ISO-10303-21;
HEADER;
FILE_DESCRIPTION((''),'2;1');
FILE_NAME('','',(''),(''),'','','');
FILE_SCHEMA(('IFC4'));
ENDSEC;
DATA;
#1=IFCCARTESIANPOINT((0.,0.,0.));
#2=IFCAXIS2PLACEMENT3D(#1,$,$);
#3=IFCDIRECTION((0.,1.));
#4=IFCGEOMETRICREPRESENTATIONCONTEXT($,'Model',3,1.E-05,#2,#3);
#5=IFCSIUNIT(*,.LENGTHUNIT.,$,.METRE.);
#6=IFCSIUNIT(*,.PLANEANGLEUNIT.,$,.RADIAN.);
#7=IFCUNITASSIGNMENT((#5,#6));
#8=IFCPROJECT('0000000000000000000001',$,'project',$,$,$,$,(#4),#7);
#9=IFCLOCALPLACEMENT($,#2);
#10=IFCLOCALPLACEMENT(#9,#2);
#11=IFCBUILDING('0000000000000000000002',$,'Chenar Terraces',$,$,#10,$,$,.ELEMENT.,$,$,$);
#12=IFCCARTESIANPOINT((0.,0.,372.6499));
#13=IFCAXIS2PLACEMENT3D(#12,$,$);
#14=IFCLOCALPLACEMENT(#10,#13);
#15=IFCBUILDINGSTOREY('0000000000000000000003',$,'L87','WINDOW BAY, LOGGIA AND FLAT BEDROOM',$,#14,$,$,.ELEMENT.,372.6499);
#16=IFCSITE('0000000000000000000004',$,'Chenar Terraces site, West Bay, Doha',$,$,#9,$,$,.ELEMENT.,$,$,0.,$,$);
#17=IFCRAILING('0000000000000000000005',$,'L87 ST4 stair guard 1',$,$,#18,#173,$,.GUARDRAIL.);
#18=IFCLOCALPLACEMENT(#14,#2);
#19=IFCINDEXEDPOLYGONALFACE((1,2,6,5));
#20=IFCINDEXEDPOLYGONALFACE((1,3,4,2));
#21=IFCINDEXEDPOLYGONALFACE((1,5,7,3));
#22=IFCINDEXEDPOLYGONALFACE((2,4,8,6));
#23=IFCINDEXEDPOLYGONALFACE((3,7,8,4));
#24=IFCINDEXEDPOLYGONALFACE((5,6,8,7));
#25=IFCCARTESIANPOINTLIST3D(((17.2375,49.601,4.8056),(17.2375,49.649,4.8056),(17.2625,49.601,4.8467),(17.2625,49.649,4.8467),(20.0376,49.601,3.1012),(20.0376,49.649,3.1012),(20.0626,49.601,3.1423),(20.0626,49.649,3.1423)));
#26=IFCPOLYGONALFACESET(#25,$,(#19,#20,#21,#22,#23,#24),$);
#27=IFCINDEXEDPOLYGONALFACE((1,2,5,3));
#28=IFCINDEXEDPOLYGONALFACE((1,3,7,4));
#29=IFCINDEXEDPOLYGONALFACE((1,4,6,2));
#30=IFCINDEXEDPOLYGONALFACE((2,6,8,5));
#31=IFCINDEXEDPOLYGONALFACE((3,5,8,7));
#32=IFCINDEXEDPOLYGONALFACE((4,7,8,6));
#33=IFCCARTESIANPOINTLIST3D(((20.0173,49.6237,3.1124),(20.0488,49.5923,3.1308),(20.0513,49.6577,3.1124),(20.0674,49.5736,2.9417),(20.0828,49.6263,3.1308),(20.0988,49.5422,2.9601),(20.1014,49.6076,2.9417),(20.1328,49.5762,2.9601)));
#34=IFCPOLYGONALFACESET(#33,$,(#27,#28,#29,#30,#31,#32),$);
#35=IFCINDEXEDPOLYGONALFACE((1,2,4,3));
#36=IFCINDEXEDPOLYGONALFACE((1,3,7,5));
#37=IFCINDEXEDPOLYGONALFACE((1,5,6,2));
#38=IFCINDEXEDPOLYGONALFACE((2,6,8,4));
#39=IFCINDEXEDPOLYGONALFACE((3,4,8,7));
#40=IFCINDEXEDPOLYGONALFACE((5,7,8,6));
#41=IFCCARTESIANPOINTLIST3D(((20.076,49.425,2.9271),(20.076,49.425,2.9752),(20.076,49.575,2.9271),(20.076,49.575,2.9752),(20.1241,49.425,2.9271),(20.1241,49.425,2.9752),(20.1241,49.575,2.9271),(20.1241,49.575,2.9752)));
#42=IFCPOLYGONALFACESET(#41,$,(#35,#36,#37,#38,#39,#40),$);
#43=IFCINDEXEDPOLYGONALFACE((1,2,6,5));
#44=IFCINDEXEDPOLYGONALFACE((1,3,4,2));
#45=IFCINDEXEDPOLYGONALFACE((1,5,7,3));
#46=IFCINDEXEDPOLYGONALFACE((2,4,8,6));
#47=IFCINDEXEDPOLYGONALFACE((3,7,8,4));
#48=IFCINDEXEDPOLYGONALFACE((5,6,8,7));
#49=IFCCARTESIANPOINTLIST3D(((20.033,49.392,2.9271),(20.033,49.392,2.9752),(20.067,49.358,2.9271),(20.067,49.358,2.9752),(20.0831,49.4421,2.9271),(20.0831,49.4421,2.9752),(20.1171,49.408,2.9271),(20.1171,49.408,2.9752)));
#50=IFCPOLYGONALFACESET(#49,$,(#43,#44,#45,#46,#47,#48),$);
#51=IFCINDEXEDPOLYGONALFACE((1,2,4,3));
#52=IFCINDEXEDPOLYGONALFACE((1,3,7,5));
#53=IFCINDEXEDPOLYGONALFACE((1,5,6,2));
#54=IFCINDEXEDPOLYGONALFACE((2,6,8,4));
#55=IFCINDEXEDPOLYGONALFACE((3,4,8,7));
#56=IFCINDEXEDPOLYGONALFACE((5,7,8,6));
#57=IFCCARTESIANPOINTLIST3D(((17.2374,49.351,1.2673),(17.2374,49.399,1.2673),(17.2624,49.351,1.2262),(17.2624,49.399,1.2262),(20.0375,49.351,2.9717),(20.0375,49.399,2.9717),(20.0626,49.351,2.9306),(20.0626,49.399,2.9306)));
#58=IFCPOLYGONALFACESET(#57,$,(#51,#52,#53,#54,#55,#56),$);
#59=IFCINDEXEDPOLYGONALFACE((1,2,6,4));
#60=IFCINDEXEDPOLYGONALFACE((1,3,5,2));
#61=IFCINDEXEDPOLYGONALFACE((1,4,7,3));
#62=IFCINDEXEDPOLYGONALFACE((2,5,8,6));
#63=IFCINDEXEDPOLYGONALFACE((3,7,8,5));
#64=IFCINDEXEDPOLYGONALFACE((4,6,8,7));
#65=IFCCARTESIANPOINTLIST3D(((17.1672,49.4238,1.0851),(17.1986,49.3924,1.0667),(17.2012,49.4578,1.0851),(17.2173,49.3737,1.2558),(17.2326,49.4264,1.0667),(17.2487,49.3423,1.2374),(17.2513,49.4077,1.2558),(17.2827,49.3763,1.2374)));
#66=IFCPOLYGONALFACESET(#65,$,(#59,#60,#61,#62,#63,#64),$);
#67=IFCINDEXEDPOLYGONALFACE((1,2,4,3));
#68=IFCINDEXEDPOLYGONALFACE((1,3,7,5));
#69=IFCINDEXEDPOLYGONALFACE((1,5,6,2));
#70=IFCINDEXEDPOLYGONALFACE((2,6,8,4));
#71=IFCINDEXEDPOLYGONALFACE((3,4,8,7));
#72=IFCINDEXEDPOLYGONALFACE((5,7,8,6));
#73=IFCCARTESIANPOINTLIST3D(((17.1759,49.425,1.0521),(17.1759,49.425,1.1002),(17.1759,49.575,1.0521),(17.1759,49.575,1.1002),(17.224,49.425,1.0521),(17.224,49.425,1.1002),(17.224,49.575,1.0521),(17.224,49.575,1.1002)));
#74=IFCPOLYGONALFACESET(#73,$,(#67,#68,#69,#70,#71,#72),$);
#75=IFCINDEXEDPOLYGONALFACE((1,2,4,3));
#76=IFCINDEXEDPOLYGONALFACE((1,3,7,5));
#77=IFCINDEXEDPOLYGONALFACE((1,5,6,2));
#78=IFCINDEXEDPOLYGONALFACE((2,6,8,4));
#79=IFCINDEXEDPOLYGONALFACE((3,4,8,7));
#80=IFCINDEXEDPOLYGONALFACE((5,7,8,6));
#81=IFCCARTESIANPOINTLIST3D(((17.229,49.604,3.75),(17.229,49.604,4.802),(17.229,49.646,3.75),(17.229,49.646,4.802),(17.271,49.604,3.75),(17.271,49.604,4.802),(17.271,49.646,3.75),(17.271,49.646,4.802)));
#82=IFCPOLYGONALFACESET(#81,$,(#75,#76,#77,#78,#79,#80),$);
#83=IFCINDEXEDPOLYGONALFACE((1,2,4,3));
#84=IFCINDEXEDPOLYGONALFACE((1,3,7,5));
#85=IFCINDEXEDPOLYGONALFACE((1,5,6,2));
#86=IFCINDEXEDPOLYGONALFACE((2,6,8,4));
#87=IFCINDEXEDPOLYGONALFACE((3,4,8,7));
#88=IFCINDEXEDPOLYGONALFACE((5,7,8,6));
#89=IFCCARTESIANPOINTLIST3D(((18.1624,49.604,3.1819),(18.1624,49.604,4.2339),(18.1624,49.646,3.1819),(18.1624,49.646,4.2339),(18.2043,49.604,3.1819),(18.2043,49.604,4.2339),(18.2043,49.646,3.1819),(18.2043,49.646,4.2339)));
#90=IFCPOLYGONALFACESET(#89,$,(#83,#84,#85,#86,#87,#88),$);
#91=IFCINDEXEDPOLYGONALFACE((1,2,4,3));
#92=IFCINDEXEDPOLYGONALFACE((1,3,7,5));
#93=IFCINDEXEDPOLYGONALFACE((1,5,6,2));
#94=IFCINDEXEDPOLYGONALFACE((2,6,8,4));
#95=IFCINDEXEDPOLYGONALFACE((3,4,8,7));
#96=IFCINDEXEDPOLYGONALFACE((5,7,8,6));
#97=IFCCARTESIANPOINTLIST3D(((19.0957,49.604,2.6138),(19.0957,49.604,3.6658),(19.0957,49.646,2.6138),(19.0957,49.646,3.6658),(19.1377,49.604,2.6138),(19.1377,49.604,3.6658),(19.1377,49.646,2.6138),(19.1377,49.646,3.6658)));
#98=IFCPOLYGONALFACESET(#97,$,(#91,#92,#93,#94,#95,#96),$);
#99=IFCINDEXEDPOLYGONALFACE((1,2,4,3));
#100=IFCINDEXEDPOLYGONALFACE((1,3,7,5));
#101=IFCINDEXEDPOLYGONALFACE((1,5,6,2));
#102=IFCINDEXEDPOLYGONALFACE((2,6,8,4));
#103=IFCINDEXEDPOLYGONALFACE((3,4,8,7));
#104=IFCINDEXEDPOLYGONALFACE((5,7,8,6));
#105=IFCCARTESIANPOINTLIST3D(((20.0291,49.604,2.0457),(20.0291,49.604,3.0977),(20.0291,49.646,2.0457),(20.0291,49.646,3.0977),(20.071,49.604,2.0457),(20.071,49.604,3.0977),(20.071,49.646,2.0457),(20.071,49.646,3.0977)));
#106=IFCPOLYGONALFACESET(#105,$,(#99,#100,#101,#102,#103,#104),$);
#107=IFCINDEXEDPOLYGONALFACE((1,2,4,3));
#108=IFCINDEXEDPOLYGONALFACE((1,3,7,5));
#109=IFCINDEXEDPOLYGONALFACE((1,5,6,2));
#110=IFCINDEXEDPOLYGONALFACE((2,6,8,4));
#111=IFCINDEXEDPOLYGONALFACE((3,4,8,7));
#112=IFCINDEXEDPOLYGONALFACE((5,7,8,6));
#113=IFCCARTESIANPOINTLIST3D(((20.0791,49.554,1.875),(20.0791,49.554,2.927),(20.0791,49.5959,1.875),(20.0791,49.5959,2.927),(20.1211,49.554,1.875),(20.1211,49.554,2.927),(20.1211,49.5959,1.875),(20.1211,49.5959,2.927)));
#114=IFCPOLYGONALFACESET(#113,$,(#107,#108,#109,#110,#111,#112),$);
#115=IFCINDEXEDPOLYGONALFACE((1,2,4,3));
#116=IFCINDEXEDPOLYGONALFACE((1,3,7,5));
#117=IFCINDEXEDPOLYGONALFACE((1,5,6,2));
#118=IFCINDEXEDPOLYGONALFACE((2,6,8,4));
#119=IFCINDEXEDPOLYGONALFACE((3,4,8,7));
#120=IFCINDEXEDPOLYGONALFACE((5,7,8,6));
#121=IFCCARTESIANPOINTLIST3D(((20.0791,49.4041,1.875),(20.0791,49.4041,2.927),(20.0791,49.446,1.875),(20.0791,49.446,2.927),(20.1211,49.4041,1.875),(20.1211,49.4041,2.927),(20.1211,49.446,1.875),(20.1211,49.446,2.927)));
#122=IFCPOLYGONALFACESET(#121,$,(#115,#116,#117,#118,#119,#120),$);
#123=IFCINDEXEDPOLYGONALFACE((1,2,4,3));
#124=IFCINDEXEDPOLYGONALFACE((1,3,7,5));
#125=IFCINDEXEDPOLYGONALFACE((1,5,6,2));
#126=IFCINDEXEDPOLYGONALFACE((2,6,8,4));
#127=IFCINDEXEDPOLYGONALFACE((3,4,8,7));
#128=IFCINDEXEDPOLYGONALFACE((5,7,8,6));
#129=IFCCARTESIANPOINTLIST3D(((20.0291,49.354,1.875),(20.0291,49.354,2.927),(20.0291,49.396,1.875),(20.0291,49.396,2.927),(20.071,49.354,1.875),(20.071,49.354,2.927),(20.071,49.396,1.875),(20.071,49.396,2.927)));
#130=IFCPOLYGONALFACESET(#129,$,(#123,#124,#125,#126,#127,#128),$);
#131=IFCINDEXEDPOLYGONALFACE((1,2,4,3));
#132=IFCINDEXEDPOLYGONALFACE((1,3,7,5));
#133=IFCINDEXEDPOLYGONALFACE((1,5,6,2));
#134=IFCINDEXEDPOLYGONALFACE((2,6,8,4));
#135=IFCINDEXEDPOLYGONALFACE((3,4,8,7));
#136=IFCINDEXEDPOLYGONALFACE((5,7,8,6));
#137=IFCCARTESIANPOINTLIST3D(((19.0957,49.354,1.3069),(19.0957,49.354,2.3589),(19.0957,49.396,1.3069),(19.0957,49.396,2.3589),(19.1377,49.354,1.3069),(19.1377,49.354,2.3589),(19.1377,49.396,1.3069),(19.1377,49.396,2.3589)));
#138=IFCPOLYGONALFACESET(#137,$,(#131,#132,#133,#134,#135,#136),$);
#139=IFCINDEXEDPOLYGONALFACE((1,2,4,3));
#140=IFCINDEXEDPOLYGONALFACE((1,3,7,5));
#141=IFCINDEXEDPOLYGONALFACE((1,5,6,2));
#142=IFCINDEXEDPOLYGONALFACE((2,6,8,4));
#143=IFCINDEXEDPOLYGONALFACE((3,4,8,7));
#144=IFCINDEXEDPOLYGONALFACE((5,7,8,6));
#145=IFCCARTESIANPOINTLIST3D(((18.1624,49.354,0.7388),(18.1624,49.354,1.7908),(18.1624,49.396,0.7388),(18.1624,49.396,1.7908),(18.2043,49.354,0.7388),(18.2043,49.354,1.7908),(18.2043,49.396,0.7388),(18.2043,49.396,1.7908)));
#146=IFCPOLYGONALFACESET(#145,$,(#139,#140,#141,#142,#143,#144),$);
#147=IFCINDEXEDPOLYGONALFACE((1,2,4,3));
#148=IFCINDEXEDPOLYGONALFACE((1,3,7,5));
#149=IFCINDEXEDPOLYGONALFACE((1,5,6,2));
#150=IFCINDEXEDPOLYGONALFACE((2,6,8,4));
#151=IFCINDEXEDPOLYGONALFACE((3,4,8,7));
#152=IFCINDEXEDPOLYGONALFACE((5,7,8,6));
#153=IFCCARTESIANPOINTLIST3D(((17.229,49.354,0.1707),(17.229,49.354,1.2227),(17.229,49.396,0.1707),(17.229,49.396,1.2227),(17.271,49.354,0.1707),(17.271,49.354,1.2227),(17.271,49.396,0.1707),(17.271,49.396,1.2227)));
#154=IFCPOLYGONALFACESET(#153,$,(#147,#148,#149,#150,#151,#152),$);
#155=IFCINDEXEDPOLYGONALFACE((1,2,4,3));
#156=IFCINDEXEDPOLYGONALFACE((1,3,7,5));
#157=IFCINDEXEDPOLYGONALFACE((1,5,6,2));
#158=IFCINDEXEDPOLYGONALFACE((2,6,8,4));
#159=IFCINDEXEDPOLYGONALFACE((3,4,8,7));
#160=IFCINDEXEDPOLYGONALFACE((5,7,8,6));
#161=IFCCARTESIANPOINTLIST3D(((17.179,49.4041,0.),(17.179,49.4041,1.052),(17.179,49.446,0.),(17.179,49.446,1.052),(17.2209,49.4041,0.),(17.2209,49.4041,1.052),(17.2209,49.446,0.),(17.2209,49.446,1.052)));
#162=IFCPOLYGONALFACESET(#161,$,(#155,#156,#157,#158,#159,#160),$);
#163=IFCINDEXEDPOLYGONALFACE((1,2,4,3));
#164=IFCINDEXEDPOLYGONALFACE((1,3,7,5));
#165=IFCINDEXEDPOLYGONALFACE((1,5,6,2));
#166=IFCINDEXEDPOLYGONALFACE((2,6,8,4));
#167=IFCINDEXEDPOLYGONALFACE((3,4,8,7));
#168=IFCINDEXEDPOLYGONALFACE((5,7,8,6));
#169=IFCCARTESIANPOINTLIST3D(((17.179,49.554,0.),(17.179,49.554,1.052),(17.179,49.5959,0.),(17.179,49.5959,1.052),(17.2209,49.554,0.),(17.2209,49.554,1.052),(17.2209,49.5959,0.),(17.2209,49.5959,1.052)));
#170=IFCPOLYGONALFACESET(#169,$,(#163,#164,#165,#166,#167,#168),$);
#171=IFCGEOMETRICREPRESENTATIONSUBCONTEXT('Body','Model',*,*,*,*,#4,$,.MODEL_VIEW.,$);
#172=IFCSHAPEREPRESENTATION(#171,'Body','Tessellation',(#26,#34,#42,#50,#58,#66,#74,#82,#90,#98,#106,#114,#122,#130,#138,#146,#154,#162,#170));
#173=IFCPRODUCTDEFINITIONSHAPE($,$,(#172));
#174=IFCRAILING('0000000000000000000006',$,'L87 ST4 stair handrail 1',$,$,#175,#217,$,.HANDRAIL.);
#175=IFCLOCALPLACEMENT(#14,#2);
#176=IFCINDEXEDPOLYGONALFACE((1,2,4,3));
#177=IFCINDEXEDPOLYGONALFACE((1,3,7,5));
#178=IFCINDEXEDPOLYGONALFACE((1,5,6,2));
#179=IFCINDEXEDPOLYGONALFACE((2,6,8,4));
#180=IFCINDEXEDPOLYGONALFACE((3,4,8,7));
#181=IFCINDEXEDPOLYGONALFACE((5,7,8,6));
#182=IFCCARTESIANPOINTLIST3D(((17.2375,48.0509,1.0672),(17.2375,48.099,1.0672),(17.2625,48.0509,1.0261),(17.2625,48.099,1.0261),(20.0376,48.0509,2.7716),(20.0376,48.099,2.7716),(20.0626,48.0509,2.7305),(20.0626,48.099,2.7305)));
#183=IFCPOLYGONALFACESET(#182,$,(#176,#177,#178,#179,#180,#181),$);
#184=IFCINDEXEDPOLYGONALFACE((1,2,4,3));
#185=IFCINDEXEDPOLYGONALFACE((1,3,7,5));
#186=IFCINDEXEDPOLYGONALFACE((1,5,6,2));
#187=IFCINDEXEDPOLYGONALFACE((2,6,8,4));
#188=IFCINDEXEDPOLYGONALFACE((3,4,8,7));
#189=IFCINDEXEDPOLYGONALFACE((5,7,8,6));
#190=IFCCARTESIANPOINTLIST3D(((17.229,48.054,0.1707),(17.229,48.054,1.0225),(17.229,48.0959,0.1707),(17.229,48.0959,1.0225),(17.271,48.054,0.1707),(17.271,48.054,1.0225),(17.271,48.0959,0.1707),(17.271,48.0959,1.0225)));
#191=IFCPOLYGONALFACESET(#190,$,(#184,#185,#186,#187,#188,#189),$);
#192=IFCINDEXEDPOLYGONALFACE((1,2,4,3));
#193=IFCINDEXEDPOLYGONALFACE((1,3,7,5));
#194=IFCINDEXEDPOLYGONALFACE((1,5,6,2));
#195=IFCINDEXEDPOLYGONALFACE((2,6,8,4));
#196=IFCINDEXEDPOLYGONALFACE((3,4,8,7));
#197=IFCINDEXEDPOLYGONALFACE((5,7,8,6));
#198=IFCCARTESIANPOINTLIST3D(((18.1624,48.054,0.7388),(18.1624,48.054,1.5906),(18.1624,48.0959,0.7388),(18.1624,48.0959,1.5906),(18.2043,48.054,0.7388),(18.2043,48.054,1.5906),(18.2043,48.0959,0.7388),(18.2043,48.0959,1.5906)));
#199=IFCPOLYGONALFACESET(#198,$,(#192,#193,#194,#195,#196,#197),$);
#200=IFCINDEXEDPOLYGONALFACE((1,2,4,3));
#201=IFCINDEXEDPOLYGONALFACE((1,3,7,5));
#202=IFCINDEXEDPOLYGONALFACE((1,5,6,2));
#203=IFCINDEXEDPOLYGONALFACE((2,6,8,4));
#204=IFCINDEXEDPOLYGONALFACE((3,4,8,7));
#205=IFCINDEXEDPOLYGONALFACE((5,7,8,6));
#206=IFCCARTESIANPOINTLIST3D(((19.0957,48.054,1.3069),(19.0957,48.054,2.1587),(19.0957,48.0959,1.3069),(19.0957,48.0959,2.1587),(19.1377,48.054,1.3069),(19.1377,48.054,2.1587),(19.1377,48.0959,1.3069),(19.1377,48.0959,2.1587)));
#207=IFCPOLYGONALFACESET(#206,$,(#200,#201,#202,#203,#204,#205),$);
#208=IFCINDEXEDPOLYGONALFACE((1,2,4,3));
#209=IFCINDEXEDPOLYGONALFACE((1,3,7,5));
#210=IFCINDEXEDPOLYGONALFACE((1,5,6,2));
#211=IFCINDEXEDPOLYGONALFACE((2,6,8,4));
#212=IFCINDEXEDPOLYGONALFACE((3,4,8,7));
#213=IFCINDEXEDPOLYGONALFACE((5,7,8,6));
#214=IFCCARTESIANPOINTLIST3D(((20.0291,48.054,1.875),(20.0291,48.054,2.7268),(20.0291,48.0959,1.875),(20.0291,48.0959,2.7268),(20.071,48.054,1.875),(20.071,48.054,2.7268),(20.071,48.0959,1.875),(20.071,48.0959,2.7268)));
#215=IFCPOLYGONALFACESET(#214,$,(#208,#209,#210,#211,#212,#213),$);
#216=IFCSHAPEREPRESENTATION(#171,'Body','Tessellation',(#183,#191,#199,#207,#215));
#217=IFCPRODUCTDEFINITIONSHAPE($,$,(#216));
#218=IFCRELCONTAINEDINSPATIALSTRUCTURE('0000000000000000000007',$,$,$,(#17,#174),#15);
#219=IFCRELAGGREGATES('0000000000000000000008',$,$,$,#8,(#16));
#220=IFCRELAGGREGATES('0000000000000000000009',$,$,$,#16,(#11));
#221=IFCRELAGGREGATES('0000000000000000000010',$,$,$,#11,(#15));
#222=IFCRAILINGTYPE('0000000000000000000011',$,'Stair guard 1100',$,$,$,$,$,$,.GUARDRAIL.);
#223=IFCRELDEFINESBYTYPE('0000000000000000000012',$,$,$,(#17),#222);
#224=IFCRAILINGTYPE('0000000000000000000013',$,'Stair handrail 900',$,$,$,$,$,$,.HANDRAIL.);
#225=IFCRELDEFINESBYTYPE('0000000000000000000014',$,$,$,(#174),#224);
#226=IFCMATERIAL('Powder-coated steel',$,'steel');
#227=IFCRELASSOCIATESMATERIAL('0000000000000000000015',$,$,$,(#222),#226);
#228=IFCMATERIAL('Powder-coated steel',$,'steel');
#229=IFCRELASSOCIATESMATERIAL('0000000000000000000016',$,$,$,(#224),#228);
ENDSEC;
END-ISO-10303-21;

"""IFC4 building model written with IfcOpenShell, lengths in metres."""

from ifc_helpers import new_model, si_unit, direction, frame, origin, origin_2d, place, context, subcontext, project, spatial, rectangle, extrude, material, type_object, element, save


model = new_model("IFC4")

# Units and contexts
model_context = context("Model", 3, precision=1e-05, world=origin(), true_north=direction((0.0, 1.0)))
body_context = subcontext(model_context, "Body", "Model", "MODEL_VIEW")
ifc_project = project(units=[si_unit("LENGTHUNIT", "METRE"), si_unit("PLANEANGLEUNIT", "RADIAN")], contexts=[model_context])

# Site, building, storey
site_placement = place(None, origin())
site = spatial("IfcSite", under=ifc_project, at=site_placement, Name="Chenar Terraces site, West Bay, Doha", CompositionType="ELEMENT", RefElevation=0.0)
building_placement = place(site_placement, origin())
building = spatial("IfcBuilding", under=site, at=building_placement, Name="Chenar Terraces", CompositionType="ELEMENT")
storey_placement = place(building_placement, frame((0.0, 0.0, 372.6499)))
storey = spatial("IfcBuildingStorey", under=building, at=storey_placement, Name="L87", Description="WINDOW BAY, LOGGIA AND FLAT BEDROOM", CompositionType="ELEMENT", Elevation=372.6499)

# Railings
ifc_material_1 = material(Name="Powder-coated steel", Category="steel")
railing_type_1 = type_object("IfcRailingType", Name="Stair guard 1100", PredefinedType="GUARDRAIL", material=ifc_material_1)
railing_1_placement = place(storey_placement, frame((17.25, 49.625, 3.75)))
element("IfcRailing", 1, at=railing_1_placement, inside=storey, type_object=railing_type_1, Name="L87 ST4 stair guard 1", PredefinedType="GUARDRAIL", context=body_context, shape_type="SweptSolid", body=[
    extrude(rectangle(XDim=0.0481, YDim=0.0481, at=origin_2d()), frame((0.0, 0.0, 1.0762), z_axis=(0.854203, 0.0, -0.51994), x_axis=(0.0, 1.0, 0.0)), (0.0, 0.0, 1.0), 3.2781),
    extrude(rectangle(XDim=0.0481, YDim=0.0481, at=origin_2d()), frame((2.8, 0.0, -0.6284), z_axis=(0.2709, -0.2709, -0.923703), x_axis=(0.707107, 0.707107, 0.0)), (0.0, 0.0, 1.0), 0.1848),
    extrude(rectangle(XDim=0.0481, YDim=0.0481, at=origin_2d()), frame((2.8501, -0.05, -0.7988), z_axis=(0.0, -1.0, 0.0), x_axis=(1.0, 0.0, 0.0)), (0.0, 0.0, 1.0), 0.1499),
    extrude(rectangle(XDim=0.0481, YDim=0.0481, at=origin_2d()), frame((2.8501, -0.2, -0.7988), z_axis=(-0.707107, -0.707107, 0.0), x_axis=(0.707107, -0.707107, 0.0)), (0.0, 0.0, 1.0), 0.0708),
    extrude(rectangle(XDim=0.0481, YDim=0.0481, at=origin_2d()), frame((2.8, -0.25, -0.7988), z_axis=(-0.854203, 0.0, -0.51994), x_axis=(0.0, -1.0, 0.0)), (0.0, 0.0, 1.0), 3.2781),
    extrude(rectangle(XDim=0.0481, YDim=0.0481, at=origin_2d()), frame((0.0, -0.25, -2.5034), z_axis=(-0.2709, 0.2709, -0.923703), x_axis=(-0.707107, -0.707107, 0.0)), (0.0, 0.0, 1.0), 0.1848),
    extrude(rectangle(XDim=0.0481, YDim=0.0481, at=origin_2d()), frame((-0.05, -0.2, -2.6738), z_axis=(0.0, 1.0, 0.0), x_axis=(-1.0, 0.0, 0.0)), (0.0, 0.0, 1.0), 0.1499),
    extrude(rectangle(XDim=0.042, YDim=0.042, at=origin_2d()), origin(), (0.0, 0.0, 1.0), 1.052),
    extrude(rectangle(XDim=0.042, YDim=0.042, at=origin_2d()), frame((0.9333, 0.0, -0.5681)), (0.0, 0.0, 1.0), 1.052),
    extrude(rectangle(XDim=0.042, YDim=0.042, at=origin_2d()), frame((1.8667, 0.0, -1.1362)), (0.0, 0.0, 1.0), 1.052),
    extrude(rectangle(XDim=0.042, YDim=0.042, at=origin_2d()), frame((2.8, 0.0, -1.7043)), (0.0, 0.0, 1.0), 1.052),
    extrude(rectangle(XDim=0.042, YDim=0.042, at=origin_2d()), frame((2.8501, -0.05, -1.875)), (0.0, 0.0, 1.0), 1.052),
    extrude(rectangle(XDim=0.042, YDim=0.042, at=origin_2d()), frame((2.8501, -0.2, -1.875)), (0.0, 0.0, 1.0), 1.052),
    extrude(rectangle(XDim=0.042, YDim=0.042, at=origin_2d()), frame((2.8, -0.25, -1.875)), (0.0, 0.0, 1.0), 1.052),
    extrude(rectangle(XDim=0.042, YDim=0.042, at=origin_2d()), frame((1.8667, -0.25, -2.4431)), (0.0, 0.0, 1.0), 1.052),
    extrude(rectangle(XDim=0.042, YDim=0.042, at=origin_2d()), frame((0.9333, -0.25, -3.0112)), (0.0, 0.0, 1.0), 1.052),
    extrude(rectangle(XDim=0.042, YDim=0.042, at=origin_2d()), frame((0.0, -0.25, -3.5793)), (0.0, 0.0, 1.0), 1.052),
    extrude(rectangle(XDim=0.042, YDim=0.042, at=origin_2d()), frame((-0.05, -0.2, -3.75)), (0.0, 0.0, 1.0), 1.052),
    extrude(rectangle(XDim=0.042, YDim=0.042, at=origin_2d()), frame((-0.05, -0.05, -3.75)), (0.0, 0.0, 1.0), 1.052),
])
ifc_material_2 = material(Name="Powder-coated steel", Category="steel")
railing_type_2 = type_object("IfcRailingType", Name="Stair handrail 900", PredefinedType="HANDRAIL", material=ifc_material_2)
railing_2_placement = place(storey_placement, frame((17.25, 48.075, 0.1707)))
element("IfcRailing", 2, at=railing_2_placement, inside=storey, type_object=railing_type_2, Name="L87 ST4 stair handrail 1", PredefinedType="HANDRAIL", context=body_context, shape_type="SweptSolid", body=[
    extrude(rectangle(XDim=0.0481, YDim=0.0481, at=origin_2d()), frame((0.0, 0.0, 0.876), z_axis=(0.854203, 0.0, 0.51994), x_axis=(0.0, 1.0, 0.0)), (0.0, 0.0, 1.0), 3.2781),
    extrude(rectangle(XDim=0.042, YDim=0.042, at=origin_2d()), origin(), (0.0, 0.0, 1.0), 0.8518),
    extrude(rectangle(XDim=0.042, YDim=0.042, at=origin_2d()), frame((0.9333, 0.0, 0.5681)), (0.0, 0.0, 1.0), 0.8518),
    extrude(rectangle(XDim=0.042, YDim=0.042, at=origin_2d()), frame((1.8667, 0.0, 1.1362)), (0.0, 0.0, 1.0), 0.8518),
    extrude(rectangle(XDim=0.042, YDim=0.042, at=origin_2d()), frame((2.8, 0.0, 1.7043)), (0.0, 0.0, 1.0), 0.8518),
])

save(model, "model.ifc")
